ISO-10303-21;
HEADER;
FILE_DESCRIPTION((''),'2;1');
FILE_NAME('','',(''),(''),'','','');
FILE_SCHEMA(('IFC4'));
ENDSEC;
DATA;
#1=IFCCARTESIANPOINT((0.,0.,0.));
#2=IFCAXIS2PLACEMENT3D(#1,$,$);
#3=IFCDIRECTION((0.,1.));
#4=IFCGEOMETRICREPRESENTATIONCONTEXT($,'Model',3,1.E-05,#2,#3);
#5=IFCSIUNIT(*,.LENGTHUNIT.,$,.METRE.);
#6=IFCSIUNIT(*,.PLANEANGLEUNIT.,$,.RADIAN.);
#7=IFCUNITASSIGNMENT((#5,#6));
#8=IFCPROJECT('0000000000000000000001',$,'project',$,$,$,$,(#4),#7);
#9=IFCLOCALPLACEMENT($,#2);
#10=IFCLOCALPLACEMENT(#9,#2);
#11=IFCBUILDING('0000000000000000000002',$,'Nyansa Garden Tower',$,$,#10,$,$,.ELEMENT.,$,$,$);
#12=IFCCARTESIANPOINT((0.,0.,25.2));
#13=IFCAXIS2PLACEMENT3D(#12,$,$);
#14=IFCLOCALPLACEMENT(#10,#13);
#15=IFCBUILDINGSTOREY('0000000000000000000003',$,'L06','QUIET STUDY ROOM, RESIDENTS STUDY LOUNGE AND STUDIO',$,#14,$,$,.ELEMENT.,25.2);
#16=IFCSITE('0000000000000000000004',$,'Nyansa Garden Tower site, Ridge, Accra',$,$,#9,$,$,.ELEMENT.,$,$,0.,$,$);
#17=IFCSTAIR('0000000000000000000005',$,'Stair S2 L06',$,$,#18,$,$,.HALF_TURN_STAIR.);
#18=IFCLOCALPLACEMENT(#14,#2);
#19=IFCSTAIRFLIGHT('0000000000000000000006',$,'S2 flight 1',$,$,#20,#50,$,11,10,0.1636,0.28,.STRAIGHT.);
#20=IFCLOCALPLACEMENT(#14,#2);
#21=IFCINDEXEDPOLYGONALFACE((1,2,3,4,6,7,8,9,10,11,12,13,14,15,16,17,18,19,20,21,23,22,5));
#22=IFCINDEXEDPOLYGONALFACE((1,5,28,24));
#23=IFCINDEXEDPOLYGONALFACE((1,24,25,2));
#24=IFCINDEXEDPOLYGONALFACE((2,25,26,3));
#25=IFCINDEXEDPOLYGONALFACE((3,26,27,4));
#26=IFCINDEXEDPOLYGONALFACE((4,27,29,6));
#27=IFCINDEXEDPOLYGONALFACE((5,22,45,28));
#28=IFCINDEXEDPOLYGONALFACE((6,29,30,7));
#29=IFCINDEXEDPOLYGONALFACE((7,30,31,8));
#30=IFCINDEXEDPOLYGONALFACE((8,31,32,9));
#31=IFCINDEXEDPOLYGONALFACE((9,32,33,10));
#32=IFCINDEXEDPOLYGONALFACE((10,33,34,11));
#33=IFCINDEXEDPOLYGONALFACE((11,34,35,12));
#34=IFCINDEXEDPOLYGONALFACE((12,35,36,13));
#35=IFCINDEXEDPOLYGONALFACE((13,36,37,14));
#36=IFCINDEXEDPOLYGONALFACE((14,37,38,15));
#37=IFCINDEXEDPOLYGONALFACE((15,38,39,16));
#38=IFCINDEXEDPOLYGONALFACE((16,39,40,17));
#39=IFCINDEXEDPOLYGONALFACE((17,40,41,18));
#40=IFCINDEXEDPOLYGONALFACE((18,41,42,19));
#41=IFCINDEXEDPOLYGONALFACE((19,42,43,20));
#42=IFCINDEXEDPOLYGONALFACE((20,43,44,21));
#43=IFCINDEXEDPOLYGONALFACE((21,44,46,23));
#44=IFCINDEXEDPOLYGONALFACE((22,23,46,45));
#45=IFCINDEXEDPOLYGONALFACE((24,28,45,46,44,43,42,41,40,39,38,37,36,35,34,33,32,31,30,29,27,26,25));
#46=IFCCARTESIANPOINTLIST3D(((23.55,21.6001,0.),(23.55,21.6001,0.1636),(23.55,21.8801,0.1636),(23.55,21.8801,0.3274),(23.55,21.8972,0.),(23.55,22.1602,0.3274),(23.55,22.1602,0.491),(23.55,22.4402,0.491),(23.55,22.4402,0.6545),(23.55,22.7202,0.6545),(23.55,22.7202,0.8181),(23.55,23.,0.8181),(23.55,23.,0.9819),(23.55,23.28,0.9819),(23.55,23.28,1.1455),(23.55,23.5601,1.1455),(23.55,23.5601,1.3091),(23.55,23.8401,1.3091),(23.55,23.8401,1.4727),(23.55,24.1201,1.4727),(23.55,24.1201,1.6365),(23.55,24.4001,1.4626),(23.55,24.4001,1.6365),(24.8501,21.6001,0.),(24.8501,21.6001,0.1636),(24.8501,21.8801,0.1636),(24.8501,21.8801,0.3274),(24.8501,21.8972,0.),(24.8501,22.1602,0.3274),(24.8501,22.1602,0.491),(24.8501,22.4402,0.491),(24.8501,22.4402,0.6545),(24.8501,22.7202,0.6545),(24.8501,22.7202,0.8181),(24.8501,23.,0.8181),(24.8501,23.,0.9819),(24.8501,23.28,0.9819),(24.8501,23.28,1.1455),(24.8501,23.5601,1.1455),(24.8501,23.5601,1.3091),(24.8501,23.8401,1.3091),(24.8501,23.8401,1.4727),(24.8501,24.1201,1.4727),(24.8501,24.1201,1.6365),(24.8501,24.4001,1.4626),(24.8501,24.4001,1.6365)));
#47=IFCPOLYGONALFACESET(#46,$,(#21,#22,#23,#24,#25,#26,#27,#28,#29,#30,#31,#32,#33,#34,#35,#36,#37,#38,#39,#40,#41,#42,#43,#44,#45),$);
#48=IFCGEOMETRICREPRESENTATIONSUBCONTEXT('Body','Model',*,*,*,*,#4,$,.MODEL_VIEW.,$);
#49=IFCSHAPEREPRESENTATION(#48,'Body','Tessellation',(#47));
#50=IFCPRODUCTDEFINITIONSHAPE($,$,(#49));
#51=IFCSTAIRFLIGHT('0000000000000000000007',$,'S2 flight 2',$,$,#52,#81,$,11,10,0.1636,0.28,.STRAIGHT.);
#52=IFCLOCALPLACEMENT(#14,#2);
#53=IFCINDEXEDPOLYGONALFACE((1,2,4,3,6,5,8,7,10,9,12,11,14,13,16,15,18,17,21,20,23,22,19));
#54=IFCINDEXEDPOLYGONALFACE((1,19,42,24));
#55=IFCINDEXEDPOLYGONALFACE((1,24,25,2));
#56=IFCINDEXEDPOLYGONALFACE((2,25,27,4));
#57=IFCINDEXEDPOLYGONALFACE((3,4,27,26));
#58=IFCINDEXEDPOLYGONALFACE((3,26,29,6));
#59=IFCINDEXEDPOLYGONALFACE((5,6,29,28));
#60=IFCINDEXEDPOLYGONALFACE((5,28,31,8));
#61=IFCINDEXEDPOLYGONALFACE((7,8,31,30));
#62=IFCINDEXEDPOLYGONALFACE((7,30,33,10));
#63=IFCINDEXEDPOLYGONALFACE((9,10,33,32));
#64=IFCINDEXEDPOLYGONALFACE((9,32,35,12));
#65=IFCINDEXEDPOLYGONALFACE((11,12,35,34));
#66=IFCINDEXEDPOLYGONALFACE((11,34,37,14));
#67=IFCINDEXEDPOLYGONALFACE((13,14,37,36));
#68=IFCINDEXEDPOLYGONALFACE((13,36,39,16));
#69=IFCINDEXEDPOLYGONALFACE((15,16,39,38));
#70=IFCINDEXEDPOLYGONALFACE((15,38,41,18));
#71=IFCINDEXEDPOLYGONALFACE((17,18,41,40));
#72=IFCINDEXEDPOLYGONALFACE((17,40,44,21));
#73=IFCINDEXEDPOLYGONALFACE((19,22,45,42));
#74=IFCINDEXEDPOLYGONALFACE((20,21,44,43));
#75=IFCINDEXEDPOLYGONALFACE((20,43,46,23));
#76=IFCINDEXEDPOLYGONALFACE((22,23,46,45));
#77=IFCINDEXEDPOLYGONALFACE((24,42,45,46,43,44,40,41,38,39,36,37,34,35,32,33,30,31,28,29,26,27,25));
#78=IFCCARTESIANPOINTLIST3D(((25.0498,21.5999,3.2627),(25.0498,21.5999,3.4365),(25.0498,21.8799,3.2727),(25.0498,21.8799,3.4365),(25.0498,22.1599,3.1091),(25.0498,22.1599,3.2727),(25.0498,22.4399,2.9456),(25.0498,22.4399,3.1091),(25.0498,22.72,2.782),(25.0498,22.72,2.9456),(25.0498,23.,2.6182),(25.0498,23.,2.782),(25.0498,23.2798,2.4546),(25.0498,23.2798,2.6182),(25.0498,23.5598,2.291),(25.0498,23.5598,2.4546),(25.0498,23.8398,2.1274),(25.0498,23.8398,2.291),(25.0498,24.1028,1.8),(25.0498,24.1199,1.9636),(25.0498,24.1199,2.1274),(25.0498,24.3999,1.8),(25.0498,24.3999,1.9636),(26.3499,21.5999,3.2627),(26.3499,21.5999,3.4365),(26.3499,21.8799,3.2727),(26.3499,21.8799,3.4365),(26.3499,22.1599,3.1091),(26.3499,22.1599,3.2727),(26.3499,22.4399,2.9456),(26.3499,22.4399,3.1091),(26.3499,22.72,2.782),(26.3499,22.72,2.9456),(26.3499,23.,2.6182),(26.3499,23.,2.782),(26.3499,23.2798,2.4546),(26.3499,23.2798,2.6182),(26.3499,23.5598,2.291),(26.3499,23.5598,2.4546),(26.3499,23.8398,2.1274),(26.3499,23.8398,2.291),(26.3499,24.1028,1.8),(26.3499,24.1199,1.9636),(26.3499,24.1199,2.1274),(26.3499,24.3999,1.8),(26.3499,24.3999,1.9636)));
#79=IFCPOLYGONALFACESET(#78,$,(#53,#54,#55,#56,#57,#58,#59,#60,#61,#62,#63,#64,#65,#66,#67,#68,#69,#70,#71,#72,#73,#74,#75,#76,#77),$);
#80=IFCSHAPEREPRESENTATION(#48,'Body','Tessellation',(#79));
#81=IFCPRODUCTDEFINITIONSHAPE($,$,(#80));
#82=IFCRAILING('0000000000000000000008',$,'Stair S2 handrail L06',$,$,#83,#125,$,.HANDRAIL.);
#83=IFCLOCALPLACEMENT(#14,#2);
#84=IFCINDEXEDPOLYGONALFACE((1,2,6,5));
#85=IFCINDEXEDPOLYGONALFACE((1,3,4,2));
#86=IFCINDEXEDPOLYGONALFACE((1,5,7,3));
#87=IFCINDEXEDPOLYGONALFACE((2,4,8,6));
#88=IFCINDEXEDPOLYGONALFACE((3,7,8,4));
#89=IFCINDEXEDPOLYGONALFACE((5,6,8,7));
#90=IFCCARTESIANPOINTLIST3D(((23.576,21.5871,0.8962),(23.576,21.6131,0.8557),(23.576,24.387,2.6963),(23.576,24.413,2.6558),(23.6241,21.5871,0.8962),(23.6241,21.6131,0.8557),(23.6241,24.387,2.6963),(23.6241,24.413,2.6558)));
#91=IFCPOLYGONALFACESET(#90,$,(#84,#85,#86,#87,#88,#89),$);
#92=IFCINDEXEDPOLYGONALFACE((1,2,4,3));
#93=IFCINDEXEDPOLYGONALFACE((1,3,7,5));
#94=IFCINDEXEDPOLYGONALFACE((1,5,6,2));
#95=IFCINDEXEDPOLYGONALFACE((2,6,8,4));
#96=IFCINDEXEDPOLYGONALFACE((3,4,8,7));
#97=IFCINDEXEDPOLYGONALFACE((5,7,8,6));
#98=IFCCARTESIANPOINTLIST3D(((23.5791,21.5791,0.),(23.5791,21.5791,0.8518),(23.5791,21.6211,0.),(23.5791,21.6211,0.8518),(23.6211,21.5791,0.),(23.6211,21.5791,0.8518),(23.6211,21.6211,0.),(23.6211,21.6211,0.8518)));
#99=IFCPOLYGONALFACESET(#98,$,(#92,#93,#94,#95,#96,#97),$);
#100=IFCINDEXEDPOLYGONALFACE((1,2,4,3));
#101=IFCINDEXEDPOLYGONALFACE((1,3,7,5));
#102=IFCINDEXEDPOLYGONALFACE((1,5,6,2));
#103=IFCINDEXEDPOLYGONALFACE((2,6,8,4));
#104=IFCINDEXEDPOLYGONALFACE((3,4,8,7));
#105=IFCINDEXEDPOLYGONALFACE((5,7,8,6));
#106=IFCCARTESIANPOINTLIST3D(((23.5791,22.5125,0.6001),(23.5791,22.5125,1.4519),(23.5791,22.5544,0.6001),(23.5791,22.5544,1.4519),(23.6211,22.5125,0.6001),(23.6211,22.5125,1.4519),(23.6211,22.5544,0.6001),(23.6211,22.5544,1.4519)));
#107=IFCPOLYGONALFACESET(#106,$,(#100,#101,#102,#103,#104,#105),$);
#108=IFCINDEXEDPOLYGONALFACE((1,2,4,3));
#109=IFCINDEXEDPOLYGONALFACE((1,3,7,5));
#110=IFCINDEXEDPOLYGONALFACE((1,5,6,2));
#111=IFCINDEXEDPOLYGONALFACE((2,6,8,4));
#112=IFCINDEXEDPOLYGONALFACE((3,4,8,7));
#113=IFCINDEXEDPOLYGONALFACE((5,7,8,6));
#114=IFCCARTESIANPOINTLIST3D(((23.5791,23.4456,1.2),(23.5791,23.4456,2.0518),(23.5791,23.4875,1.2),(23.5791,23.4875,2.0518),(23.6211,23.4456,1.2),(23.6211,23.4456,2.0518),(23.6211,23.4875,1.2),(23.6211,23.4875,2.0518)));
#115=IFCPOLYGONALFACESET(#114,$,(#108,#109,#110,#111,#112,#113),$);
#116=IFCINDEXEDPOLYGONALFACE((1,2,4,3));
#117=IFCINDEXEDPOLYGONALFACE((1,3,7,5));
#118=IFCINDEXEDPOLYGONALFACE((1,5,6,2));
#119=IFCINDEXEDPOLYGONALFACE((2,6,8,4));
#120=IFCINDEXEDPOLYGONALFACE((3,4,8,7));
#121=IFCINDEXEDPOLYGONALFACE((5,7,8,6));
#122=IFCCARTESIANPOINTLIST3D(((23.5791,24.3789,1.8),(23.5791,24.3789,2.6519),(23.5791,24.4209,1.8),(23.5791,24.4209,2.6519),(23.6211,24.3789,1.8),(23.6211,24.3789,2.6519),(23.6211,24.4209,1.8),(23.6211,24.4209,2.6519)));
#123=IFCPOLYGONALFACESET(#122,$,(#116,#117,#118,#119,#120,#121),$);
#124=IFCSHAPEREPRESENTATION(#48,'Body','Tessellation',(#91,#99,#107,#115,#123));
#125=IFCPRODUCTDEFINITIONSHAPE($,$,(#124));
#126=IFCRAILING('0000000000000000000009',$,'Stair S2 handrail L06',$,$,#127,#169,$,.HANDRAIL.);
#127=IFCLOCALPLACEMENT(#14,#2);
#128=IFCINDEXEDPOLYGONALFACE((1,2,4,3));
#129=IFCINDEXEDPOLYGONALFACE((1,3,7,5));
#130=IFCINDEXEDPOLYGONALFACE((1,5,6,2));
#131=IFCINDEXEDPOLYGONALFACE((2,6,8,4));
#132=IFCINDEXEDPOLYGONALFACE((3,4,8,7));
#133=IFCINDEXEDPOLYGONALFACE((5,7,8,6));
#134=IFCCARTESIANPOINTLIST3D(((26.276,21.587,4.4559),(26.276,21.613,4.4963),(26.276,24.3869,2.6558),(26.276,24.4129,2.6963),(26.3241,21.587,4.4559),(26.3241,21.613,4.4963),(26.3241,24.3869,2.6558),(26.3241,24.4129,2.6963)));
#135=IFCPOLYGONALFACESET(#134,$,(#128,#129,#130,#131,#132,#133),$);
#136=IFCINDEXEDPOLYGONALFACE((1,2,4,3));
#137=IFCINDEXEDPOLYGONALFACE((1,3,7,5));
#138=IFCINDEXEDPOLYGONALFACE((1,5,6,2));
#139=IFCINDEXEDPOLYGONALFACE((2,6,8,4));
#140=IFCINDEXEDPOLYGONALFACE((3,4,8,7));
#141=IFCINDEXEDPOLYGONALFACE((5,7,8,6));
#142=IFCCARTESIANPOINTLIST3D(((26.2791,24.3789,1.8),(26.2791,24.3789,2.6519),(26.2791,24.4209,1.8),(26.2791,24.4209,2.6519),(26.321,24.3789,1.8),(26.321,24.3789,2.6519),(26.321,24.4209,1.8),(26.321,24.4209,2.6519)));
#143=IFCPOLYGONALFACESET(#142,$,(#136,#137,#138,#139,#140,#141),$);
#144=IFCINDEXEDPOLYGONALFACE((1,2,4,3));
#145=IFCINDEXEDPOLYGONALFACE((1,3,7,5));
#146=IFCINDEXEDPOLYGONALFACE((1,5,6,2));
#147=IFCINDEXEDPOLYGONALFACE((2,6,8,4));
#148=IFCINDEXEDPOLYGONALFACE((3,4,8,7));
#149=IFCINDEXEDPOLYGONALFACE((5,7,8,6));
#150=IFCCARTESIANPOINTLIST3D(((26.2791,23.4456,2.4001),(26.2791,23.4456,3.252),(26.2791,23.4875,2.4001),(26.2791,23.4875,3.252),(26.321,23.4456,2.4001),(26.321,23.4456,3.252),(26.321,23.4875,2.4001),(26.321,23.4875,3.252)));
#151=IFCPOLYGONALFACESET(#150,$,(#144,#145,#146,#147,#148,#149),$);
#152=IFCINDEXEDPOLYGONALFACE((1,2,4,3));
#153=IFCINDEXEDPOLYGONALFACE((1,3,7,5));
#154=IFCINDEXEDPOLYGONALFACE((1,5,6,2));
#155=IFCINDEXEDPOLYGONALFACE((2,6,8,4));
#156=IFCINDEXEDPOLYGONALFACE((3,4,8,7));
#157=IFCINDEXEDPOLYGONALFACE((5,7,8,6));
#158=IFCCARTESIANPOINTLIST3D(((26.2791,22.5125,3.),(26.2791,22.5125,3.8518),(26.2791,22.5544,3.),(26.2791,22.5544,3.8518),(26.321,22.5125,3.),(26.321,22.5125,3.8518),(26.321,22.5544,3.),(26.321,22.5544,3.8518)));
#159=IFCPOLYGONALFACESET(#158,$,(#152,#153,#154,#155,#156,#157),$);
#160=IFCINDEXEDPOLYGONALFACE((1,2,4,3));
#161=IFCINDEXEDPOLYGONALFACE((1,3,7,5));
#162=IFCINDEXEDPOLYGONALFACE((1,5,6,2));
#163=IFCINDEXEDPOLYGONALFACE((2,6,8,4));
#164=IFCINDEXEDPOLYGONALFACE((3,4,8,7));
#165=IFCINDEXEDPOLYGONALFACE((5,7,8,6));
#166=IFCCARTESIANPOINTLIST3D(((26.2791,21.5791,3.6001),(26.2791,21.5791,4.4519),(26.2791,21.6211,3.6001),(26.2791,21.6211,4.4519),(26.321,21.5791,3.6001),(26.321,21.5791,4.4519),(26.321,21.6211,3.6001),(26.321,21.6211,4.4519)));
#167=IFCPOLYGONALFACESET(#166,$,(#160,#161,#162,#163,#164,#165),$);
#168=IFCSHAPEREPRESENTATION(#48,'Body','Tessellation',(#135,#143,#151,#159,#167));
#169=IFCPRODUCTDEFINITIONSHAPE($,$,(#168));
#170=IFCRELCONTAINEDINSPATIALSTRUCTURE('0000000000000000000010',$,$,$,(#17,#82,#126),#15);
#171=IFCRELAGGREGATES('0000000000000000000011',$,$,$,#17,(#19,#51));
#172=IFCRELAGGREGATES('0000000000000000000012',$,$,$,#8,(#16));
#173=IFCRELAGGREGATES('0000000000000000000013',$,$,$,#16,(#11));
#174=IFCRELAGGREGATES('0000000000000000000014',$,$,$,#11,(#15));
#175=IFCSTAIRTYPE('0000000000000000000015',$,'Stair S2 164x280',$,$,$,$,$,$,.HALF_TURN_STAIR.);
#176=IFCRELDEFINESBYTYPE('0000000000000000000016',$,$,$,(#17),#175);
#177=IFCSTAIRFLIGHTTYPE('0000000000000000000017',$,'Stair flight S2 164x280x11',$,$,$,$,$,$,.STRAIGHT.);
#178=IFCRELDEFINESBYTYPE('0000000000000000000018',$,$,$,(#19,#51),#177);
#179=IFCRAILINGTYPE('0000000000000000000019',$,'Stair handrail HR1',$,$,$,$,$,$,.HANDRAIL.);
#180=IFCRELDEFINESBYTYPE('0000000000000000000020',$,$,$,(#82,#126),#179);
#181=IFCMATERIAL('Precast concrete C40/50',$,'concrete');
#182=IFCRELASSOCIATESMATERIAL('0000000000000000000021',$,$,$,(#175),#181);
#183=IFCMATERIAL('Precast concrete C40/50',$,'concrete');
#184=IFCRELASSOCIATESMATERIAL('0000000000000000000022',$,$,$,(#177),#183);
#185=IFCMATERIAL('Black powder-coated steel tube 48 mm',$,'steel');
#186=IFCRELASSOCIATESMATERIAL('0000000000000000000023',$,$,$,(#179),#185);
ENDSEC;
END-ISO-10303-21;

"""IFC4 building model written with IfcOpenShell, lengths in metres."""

from ifc_helpers import new_model, si_unit, direction, frame, origin, origin_2d, place, context, subcontext, project, spatial, polyline, rectangle, outline, extrude, material, type_object, element, aggregate, save


model = new_model("IFC4")

# Units and contexts
model_context = context("Model", 3, precision=1e-05, world=origin(), true_north=direction((0.0, 1.0)))
body_context = subcontext(model_context, "Body", "Model", "MODEL_VIEW")
ifc_project = project(units=[si_unit("LENGTHUNIT", "METRE"), si_unit("PLANEANGLEUNIT", "RADIAN")], contexts=[model_context])

# Site, building, storey
site_placement = place(None, origin())
site = spatial("IfcSite", under=ifc_project, at=site_placement, Name="Nyansa Garden Tower site, Ridge, Accra", CompositionType="ELEMENT", RefElevation=0.0)
building_placement = place(site_placement, origin())
building = spatial("IfcBuilding", under=site, at=building_placement, Name="Nyansa Garden Tower", CompositionType="ELEMENT")
storey_placement = place(building_placement, frame((0.0, 0.0, 25.2)))
storey = spatial("IfcBuildingStorey", under=building, at=storey_placement, Name="L06", Description="QUIET STUDY ROOM, RESIDENTS STUDY LOUNGE AND STUDIO", CompositionType="ELEMENT", Elevation=25.2)

# Stair, stair flights
ifc_material_1 = material(Name="Precast concrete C40/50", Category="concrete")
stair_type = type_object("IfcStairType", Name="Stair S2 164x280", PredefinedType="HALF_TURN_STAIR", material=ifc_material_1)
stair_placement = place(storey_placement, origin())
stair = element("IfcStair", 1, at=stair_placement, inside=storey, type_object=stair_type, Name="Stair S2 L06", PredefinedType="HALF_TURN_STAIR")
ifc_material_2 = material(Name="Precast concrete C40/50", Category="concrete")
stair_flight_type = type_object("IfcStairFlightType", Name="Stair flight S2 164x280x11", PredefinedType="STRAIGHT", material=ifc_material_2)
stair_flight_1_placement = place(storey_placement, frame((24.2, 21.6001, 0.0), z_axis=(0.0, 0.0, 1.0), x_axis=(0.0, 1.0, 0.0)))
stair_flight_1 = element("IfcStairFlight", 2, at=stair_flight_1_placement, type_object=stair_flight_type, Name="S2 flight 1", NumberOfRisers=11, NumberOfTreads=10, PredefinedType="STRAIGHT", RiserHeight=0.1636, TreadLength=0.28, context=body_context, shape_type="SweptSolid", body=[
    extrude(outline(polyline([(0.0, 0.0), (0.0, 0.1636), (0.28, 0.1636), (0.28, 0.3274), (0.5601, 0.3274), (0.5601, 0.491), (0.8401, 0.491), (0.8401, 0.6545), (1.1201, 0.6545), (1.1201, 0.8181), (1.3999, 0.8181), (1.3999, 0.9819), (1.6799, 0.9819), (1.6799, 1.1455), (1.96, 1.1455), (1.96, 1.3091), (2.24, 1.3091), (2.24, 1.4727), (2.52, 1.4727), (2.52, 1.6365), (2.8, 1.6365), (2.8, 1.8), (2.8, 1.4626), (0.2971, 0.0), (0.0, 0.0)])), frame((0.0, 0.6499, 0.0), z_axis=(0.0, -1.0, 0.0), x_axis=(1.0, 0.0, 0.0)), (0.0, 0.0, 1.0), 1.3),
])
stair_flight_2_placement = place(storey_placement, frame((25.7, 24.3999, 1.8), z_axis=(0.0, 0.0, 1.0), x_axis=(0.0, -1.0, 0.0)))
stair_flight_2 = element("IfcStairFlight", 3, at=stair_flight_2_placement, type_object=stair_flight_type, Name="S2 flight 2", NumberOfRisers=11, NumberOfTreads=10, PredefinedType="STRAIGHT", RiserHeight=0.1636, TreadLength=0.28, context=body_context, shape_type="SweptSolid", body=[
    extrude(outline(polyline([(0.0, 0.0), (0.0, 0.1636), (0.28, 0.1636), (0.28, 0.3274), (0.5601, 0.3274), (0.5601, 0.491), (0.8401, 0.491), (0.8401, 0.6545), (1.1201, 0.6545), (1.1201, 0.8181), (1.3999, 0.8181), (1.3999, 0.9819), (1.6799, 0.9819), (1.6799, 1.1455), (1.96, 1.1455), (1.96, 1.3091), (2.24, 1.3091), (2.24, 1.4727), (2.52, 1.4727), (2.52, 1.6365), (2.8, 1.6365), (2.8, 1.8), (2.8, 1.4626), (0.2971, 0.0), (0.0, 0.0)])), frame((0.0, 0.6499, 0.0), z_axis=(0.0, -1.0, 0.0), x_axis=(1.0, 0.0, 0.0)), (0.0, 0.0, 1.0), 1.3),
])
aggregate(stair, [stair_flight_1, stair_flight_2])

# Railings
ifc_material_3 = material(Name="Black powder-coated steel tube 48 mm", Category="steel")
railing_type = type_object("IfcRailingType", Name="Stair handrail HR1", PredefinedType="HANDRAIL", material=ifc_material_3)
railing_1_placement = place(storey_placement, frame((23.6001, 21.6001, 0.0)))
element("IfcRailing", 4, at=railing_1_placement, inside=storey, type_object=railing_type, Name="Stair S2 handrail L06", PredefinedType="HANDRAIL", context=body_context, shape_type="SweptSolid", body=[
    extrude(rectangle(XDim=0.0481, YDim=0.0481, at=origin_2d()), frame((0.0, 0.0, 0.876), z_axis=(0.0, 0.841155, 0.540795), x_axis=(-1.0, 0.0, 0.0)), (0.0, 0.0, 1.0), 3.3286),
    extrude(rectangle(XDim=0.042, YDim=0.042, at=origin_2d()), origin(), (0.0, 0.0, 1.0), 0.8518),
    extrude(rectangle(XDim=0.042, YDim=0.042, at=origin_2d()), frame((0.0, 0.9333, 0.6001)), (0.0, 0.0, 1.0), 0.8518),
    extrude(rectangle(XDim=0.042, YDim=0.042, at=origin_2d()), frame((0.0, 1.8665, 1.2)), (0.0, 0.0, 1.0), 0.8518),
    extrude(rectangle(XDim=0.042, YDim=0.042, at=origin_2d()), frame((0.0, 2.7998, 1.8)), (0.0, 0.0, 1.0), 0.8518),
])
railing_2_placement = place(storey_placement, frame((26.3, 24.3999, 1.8)))
element("IfcRailing", 5, at=railing_2_placement, inside=storey, type_object=railing_type, Name="Stair S2 handrail L06", PredefinedType="HANDRAIL", context=body_context, shape_type="SweptSolid", body=[
    extrude(rectangle(XDim=0.0481, YDim=0.0481, at=origin_2d()), frame((0.0, 0.0, 0.876), z_axis=(0.0, -0.841155, 0.540795), x_axis=(1.0, 0.0, 0.0)), (0.0, 0.0, 1.0), 3.3286),
    extrude(rectangle(XDim=0.042, YDim=0.042, at=origin_2d()), origin(), (0.0, 0.0, 1.0), 0.8518),
    extrude(rectangle(XDim=0.042, YDim=0.042, at=origin_2d()), frame((0.0, -0.9333, 0.6001)), (0.0, 0.0, 1.0), 0.8518),
    extrude(rectangle(XDim=0.042, YDim=0.042, at=origin_2d()), frame((0.0, -1.8665, 1.2)), (0.0, 0.0, 1.0), 0.8518),
    extrude(rectangle(XDim=0.042, YDim=0.042, at=origin_2d()), frame((0.0, -2.7998, 1.8)), (0.0, 0.0, 1.0), 0.8518),
])

save(model, "model.ifc")
